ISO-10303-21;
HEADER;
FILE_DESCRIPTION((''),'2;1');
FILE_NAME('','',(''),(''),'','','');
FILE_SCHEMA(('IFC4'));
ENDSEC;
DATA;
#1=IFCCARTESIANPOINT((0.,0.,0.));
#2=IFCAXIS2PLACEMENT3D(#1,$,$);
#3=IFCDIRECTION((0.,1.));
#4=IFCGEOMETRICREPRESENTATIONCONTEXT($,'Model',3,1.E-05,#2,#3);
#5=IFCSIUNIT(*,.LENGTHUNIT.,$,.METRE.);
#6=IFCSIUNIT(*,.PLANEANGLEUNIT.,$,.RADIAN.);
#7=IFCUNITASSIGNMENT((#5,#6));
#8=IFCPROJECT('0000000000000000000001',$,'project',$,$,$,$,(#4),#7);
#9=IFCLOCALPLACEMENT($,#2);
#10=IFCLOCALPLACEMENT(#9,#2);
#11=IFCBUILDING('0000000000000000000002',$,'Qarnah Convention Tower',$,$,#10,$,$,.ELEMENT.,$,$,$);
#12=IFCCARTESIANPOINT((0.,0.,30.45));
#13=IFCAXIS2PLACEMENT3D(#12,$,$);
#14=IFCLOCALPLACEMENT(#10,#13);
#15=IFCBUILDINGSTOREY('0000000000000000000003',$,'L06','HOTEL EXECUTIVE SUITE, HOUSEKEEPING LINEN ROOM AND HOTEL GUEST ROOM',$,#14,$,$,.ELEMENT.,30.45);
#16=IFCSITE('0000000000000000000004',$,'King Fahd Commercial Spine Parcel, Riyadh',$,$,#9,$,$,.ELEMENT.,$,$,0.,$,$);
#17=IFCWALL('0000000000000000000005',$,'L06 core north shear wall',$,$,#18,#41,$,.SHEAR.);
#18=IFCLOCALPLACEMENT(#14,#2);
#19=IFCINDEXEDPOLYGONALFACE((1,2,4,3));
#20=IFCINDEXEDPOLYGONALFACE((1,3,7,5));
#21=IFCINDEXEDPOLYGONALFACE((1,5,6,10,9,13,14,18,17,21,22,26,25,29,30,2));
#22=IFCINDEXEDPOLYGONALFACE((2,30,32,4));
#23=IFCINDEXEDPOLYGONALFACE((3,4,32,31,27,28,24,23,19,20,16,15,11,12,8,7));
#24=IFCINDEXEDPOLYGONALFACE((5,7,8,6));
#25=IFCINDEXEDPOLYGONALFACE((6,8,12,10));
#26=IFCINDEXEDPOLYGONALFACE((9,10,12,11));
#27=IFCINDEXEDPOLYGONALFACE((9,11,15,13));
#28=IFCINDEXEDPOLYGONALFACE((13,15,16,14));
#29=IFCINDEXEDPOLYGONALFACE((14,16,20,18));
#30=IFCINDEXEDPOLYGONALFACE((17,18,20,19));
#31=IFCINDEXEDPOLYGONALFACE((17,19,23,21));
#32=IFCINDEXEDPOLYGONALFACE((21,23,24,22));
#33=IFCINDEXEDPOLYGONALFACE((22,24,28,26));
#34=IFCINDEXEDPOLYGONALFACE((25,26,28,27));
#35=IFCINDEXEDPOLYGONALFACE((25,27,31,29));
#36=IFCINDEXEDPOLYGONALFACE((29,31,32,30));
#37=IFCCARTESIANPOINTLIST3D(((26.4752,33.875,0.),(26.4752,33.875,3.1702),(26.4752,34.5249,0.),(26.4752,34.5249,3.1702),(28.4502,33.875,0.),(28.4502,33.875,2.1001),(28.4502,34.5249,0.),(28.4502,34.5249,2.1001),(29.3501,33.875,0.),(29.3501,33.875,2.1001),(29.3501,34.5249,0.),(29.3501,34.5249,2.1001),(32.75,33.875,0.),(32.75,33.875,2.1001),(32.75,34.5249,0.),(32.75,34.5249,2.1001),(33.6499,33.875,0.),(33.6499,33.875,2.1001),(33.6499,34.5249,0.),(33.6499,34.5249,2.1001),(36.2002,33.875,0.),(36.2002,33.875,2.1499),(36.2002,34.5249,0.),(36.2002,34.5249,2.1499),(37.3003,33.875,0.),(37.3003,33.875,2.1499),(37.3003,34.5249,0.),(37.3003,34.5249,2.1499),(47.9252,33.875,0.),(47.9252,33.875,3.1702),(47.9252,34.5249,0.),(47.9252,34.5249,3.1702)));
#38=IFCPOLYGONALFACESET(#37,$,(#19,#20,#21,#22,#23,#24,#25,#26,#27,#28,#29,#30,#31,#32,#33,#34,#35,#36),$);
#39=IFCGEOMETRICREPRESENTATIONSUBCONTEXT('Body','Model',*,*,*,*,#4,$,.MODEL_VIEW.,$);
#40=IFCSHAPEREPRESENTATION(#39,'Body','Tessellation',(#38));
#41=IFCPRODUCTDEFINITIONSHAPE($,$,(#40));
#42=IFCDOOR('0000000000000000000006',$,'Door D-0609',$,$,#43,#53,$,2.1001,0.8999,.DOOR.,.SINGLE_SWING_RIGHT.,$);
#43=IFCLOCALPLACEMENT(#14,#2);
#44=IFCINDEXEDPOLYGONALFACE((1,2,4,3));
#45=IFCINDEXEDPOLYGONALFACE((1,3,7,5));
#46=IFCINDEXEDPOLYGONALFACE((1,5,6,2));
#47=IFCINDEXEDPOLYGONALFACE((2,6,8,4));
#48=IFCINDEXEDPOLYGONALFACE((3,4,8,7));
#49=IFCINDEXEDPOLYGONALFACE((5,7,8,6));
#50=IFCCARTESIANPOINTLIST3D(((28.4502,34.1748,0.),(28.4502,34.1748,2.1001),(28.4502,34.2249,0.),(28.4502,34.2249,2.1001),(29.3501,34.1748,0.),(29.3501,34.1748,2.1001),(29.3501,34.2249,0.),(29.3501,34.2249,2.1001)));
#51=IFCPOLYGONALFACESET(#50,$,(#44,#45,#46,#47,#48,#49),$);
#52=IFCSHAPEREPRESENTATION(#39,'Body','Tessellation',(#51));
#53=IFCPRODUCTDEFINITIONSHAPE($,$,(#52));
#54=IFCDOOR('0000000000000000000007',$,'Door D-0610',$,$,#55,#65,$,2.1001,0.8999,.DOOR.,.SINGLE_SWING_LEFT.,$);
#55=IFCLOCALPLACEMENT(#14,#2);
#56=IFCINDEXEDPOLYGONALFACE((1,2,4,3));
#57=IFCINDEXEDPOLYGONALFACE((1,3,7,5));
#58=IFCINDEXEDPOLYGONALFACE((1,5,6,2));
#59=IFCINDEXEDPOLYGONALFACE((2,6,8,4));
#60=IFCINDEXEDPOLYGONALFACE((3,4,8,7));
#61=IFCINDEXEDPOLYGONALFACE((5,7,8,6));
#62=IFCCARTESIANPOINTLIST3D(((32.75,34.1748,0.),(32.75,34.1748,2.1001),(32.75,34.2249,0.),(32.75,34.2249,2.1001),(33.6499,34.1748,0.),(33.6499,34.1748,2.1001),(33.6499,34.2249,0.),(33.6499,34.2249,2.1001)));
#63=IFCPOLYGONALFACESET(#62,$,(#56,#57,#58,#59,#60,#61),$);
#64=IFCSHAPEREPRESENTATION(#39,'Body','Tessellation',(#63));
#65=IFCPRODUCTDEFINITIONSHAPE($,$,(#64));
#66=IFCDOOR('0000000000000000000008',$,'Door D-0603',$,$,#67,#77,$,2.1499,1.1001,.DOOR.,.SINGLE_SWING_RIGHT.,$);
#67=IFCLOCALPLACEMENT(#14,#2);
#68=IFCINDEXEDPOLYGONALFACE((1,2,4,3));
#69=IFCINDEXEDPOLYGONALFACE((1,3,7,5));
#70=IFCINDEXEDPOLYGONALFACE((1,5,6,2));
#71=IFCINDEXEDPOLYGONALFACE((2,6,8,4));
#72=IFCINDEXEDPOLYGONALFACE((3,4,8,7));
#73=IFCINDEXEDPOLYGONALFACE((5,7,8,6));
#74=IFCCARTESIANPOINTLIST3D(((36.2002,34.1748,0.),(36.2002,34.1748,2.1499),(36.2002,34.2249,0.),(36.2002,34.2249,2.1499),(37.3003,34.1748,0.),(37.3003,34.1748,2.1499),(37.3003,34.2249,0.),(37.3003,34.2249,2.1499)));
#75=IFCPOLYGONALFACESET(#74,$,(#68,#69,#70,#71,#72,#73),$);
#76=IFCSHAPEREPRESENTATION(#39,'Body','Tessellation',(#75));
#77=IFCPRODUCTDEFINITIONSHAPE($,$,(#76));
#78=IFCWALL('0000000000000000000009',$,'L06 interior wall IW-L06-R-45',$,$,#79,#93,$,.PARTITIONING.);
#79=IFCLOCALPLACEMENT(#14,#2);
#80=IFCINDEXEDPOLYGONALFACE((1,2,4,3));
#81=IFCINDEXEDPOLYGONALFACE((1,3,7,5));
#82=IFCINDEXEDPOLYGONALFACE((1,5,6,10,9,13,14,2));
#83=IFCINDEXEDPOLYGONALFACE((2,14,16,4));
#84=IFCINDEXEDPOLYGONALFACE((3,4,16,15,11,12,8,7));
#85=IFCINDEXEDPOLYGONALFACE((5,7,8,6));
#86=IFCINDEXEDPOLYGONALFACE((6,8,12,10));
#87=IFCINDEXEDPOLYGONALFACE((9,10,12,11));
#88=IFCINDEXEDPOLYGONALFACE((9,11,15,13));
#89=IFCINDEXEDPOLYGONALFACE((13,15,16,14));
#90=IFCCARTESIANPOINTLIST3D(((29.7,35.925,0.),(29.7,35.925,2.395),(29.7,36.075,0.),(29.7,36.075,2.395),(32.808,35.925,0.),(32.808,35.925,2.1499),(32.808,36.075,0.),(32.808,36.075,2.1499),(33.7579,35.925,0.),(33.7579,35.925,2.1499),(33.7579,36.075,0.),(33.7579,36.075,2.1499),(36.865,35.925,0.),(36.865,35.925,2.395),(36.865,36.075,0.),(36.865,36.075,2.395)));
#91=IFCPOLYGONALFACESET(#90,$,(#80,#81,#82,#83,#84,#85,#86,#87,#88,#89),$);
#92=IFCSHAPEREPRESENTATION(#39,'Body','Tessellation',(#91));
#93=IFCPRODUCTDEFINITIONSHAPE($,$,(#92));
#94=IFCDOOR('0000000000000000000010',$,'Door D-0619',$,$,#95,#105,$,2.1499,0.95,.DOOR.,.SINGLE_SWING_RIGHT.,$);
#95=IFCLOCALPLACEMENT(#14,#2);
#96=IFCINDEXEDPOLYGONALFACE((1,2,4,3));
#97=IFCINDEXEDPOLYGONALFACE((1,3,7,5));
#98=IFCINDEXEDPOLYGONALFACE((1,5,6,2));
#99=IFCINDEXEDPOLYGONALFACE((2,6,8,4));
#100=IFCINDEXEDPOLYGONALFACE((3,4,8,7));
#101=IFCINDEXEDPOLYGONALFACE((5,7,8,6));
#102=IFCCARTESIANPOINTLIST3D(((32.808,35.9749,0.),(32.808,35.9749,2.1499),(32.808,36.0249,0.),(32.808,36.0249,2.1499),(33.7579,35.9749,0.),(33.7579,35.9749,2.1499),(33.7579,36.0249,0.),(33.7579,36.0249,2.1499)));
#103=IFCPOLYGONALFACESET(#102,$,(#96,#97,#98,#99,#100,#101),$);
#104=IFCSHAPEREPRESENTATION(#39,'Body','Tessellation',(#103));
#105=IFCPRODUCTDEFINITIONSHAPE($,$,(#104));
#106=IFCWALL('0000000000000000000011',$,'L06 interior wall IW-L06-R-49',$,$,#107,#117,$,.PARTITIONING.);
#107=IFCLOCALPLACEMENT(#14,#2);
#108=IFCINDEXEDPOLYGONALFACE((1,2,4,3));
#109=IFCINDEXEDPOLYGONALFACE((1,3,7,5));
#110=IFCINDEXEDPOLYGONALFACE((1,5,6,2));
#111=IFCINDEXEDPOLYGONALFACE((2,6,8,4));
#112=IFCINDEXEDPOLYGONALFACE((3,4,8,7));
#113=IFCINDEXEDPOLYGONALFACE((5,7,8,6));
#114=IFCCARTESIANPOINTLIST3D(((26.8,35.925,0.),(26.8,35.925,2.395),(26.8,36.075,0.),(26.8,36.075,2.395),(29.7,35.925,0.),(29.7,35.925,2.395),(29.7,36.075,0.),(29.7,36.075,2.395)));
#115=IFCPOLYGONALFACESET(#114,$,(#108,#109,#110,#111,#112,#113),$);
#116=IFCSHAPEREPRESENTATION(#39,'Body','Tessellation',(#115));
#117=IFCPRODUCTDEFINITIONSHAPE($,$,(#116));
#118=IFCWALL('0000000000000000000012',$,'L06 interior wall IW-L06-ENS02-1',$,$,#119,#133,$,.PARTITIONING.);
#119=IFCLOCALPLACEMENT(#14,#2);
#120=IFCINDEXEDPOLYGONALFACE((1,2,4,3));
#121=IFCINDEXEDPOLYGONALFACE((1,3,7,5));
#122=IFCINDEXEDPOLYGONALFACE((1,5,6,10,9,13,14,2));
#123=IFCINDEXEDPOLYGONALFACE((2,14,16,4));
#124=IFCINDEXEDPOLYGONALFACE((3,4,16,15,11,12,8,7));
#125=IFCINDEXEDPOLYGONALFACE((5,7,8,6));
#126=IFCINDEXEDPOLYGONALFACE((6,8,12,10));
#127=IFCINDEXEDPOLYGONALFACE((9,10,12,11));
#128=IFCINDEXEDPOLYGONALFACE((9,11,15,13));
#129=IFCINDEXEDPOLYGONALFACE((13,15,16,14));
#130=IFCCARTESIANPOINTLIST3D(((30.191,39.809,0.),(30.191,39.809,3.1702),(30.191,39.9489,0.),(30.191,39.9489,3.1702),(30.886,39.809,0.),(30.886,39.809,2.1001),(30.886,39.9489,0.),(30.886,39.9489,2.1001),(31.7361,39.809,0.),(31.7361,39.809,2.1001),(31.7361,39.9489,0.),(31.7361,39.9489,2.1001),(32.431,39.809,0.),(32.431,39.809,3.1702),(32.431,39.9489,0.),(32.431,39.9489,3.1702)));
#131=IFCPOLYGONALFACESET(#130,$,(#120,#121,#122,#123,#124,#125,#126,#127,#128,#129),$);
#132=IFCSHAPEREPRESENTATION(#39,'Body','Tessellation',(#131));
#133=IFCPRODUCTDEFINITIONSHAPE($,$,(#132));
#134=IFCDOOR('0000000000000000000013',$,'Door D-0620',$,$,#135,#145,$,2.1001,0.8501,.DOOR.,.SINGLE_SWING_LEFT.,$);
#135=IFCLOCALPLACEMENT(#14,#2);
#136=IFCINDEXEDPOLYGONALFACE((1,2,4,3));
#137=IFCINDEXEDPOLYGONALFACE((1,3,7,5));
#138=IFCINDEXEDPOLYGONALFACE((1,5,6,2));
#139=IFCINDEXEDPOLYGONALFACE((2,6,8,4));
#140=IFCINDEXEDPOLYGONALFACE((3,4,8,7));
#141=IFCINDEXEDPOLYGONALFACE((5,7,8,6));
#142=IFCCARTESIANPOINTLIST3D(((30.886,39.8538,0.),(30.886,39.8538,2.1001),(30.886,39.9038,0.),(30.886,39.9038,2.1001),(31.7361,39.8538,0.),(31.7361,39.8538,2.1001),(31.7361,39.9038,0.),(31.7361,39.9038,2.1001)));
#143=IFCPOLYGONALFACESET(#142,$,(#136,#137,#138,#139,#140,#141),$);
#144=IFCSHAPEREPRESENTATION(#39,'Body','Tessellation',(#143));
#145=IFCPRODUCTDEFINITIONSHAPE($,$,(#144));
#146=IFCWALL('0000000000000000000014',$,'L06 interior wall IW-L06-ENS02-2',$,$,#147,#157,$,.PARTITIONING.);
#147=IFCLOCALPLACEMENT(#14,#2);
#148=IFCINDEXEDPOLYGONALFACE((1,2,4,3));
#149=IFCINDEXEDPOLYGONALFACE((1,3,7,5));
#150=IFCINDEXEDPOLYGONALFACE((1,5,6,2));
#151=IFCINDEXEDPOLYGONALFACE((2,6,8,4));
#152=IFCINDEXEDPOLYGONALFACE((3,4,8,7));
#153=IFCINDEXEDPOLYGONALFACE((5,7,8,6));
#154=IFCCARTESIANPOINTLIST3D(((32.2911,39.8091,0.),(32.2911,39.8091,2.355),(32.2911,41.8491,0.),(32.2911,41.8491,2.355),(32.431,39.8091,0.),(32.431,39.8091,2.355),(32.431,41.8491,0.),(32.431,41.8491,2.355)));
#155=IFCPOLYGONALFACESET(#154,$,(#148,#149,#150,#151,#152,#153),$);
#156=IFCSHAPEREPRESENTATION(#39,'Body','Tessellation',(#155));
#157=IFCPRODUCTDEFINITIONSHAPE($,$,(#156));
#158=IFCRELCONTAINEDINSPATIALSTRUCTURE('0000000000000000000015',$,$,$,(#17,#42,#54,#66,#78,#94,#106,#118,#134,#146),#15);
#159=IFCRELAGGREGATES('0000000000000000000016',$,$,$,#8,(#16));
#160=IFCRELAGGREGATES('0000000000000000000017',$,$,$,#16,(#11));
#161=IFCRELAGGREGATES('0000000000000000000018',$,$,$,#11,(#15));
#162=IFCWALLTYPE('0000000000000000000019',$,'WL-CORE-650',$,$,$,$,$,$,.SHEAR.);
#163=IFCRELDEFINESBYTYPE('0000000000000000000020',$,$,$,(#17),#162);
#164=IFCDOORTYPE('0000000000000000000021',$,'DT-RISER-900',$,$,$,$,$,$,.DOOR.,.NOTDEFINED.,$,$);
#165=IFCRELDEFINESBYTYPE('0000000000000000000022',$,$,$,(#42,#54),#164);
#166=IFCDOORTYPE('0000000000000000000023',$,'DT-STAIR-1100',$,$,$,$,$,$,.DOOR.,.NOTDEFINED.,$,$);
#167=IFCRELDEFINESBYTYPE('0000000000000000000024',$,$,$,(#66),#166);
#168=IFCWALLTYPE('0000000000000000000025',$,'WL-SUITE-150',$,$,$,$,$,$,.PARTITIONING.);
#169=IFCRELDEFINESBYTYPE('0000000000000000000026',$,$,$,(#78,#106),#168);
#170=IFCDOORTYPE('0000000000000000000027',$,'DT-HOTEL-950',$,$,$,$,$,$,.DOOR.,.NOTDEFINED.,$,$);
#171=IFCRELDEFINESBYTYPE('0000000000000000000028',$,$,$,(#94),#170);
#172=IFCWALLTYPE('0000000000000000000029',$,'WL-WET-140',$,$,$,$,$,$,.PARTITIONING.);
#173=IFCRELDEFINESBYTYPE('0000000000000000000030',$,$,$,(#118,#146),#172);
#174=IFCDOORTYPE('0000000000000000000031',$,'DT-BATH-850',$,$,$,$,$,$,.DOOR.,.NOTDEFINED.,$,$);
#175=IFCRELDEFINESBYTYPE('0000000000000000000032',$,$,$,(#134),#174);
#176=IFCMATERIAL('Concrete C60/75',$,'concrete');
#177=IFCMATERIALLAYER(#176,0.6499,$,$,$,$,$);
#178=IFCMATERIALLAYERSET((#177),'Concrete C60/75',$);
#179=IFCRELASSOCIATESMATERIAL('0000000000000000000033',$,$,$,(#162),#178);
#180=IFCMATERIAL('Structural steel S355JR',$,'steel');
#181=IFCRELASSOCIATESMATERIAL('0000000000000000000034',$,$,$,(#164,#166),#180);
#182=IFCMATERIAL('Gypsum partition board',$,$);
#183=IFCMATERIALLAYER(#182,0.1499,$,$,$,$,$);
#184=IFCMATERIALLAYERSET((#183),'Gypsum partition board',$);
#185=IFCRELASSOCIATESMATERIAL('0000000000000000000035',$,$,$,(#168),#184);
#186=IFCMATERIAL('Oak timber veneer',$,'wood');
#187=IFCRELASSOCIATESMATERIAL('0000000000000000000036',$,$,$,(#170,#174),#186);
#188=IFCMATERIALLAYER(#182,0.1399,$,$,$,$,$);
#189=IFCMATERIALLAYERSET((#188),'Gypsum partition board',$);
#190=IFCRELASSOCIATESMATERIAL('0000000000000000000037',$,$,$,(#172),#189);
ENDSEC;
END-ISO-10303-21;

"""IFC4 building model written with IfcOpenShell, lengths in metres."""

from ifc_helpers import new_model, si_unit, direction, frame, frame_2d, origin, place, context, subcontext, project, spatial, rectangle, extrude, material, layer, layer_set, type_object, element, fill, save


model = new_model("IFC4")

# Units and contexts
model_context = context("Model", 3, precision=1e-05, world=origin(), true_north=direction((0.0, 1.0)))
body_context = subcontext(model_context, "Body", "Model", "MODEL_VIEW")
ifc_project = project(units=[si_unit("LENGTHUNIT", "METRE"), si_unit("PLANEANGLEUNIT", "RADIAN")], contexts=[model_context])

# Site, building, storey
site_placement = place(None, origin())
site = spatial("IfcSite", under=ifc_project, at=site_placement, Name="King Fahd Commercial Spine Parcel, Riyadh", CompositionType="ELEMENT", RefElevation=0.0)
building_placement = place(site_placement, origin())
building = spatial("IfcBuilding", under=site, at=building_placement, Name="Qarnah Convention Tower", CompositionType="ELEMENT")
storey_placement = place(building_placement, frame((0.0, 0.0, 30.45)))
storey = spatial("IfcBuildingStorey", under=building, at=storey_placement, Name="L06", Description="HOTEL EXECUTIVE SUITE, HOUSEKEEPING LINEN ROOM AND HOTEL GUEST ROOM", CompositionType="ELEMENT", Elevation=30.45)

# Shared definitions
ifc_material_1 = material(Name="Concrete C60/75", Category="concrete")

# Shared definitions
ifc_material_2 = material(Name="Structural steel S355JR", Category="steel")

# Wall, openings, doors
ifc_layer_1 = layer(ifc_material_1, 0.6499)
ifc_layer_set_1 = layer_set([ifc_layer_1], Name="Concrete C60/75")
wall_type_1 = type_object("IfcWallType", Name="WL-CORE-650", PredefinedType="SHEAR", material=ifc_layer_set_1)
wall_1_placement = place(storey_placement, frame((26.4751, 34.2, 0.0), z_axis=(0.0, 0.0, 1.0), x_axis=(1.0, 0.0, 0.0)))
wall_1 = element("IfcWall", 1, at=wall_1_placement, inside=storey, type_object=wall_type_1, Name="L06 core north shear wall", PredefinedType="SHEAR", context=body_context, shape_type="SweptSolid", body=[
    extrude(rectangle(XDim=21.45, YDim=0.6499, at=frame_2d((10.7251, 0.0))), origin(), (0.0, 0.0, 1.0), 3.1702),
])
opening_1_placement = place(wall_1_placement, frame((9.7251, 0.0, 0.0)))
opening_1 = element("IfcOpeningElement", 2, at=opening_1_placement, cuts=wall_1, PredefinedType="OPENING", context=body_context, shape_type="SweptSolid", body=[
    extrude(rectangle(XDim=1.1001, YDim=2.1499, at=frame_2d((0.55, 1.075))), frame((0.0, 0.335, 0.0), z_axis=(0.0, -1.0, 0.0), x_axis=(1.0, 0.0, 0.0)), (0.0, 0.0, 1.0), 0.6699),
])
opening_2_placement = place(wall_1_placement, frame((1.9751, 0.0, 0.0)))
opening_2 = element("IfcOpeningElement", 3, at=opening_2_placement, cuts=wall_1, PredefinedType="OPENING", context=body_context, shape_type="SweptSolid", body=[
    extrude(rectangle(XDim=0.8999, YDim=2.1001, at=frame_2d((0.45, 1.05))), frame((0.0, 0.335, 0.0), z_axis=(0.0, -1.0, 0.0), x_axis=(1.0, 0.0, 0.0)), (0.0, 0.0, 1.0), 0.6699),
])
opening_3_placement = place(wall_1_placement, frame((6.2749, 0.0, 0.0)))
opening_3 = element("IfcOpeningElement", 4, at=opening_3_placement, cuts=wall_1, PredefinedType="OPENING", context=body_context, shape_type="SweptSolid", body=[
    extrude(rectangle(XDim=0.8999, YDim=2.1001, at=frame_2d((0.45, 1.05))), frame((0.0, 0.335, 0.0), z_axis=(0.0, -1.0, 0.0), x_axis=(1.0, 0.0, 0.0)), (0.0, 0.0, 1.0), 0.6699),
])
door_type_1 = type_object("IfcDoorType", Name="DT-RISER-900", OperationType="NOTDEFINED", PredefinedType="DOOR", material=ifc_material_2)
door_1_placement = place(opening_2_placement, origin())
door_1 = element("IfcDoor", 5, at=door_1_placement, inside=storey, type_object=door_type_1, Name="Door D-0609", OperationType="SINGLE_SWING_RIGHT", OverallHeight=2.1001, OverallWidth=0.8999, PredefinedType="DOOR", context=body_context, shape_type="SweptSolid", body=[
    extrude(rectangle(XDim=0.8999, YDim=2.1001, at=frame_2d((0.45, 1.05))), frame((0.0, 0.0249, 0.0), z_axis=(0.0, -1.0, 0.0), x_axis=(1.0, 0.0, 0.0)), (0.0, 0.0, 1.0), 0.05),
])
fill(opening_2, door_1)
door_2_placement = place(opening_3_placement, origin())
door_2 = element("IfcDoor", 6, at=door_2_placement, inside=storey, type_object=door_type_1, Name="Door D-0610", OperationType="SINGLE_SWING_LEFT", OverallHeight=2.1001, OverallWidth=0.8999, PredefinedType="DOOR", context=body_context, shape_type="SweptSolid", body=[
    extrude(rectangle(XDim=0.8999, YDim=2.1001, at=frame_2d((0.45, 1.05))), frame((0.0, 0.0249, 0.0), z_axis=(0.0, -1.0, 0.0), x_axis=(1.0, 0.0, 0.0)), (0.0, 0.0, 1.0), 0.05),
])
fill(opening_3, door_2)
door_type_2 = type_object("IfcDoorType", Name="DT-STAIR-1100", OperationType="NOTDEFINED", PredefinedType="DOOR", material=ifc_material_2)
door_3_placement = place(opening_1_placement, origin())
door_3 = element("IfcDoor", 7, at=door_3_placement, inside=storey, type_object=door_type_2, Name="Door D-0603", OperationType="SINGLE_SWING_RIGHT", OverallHeight=2.1499, OverallWidth=1.1001, PredefinedType="DOOR", context=body_context, shape_type="SweptSolid", body=[
    extrude(rectangle(XDim=1.1001, YDim=2.1499, at=frame_2d((0.55, 1.075))), frame((0.0, 0.0249, 0.0), z_axis=(0.0, -1.0, 0.0), x_axis=(1.0, 0.0, 0.0)), (0.0, 0.0, 1.0), 0.05),
])
fill(opening_1, door_3)

# Wall, opening, door
ifc_material_3 = material(Name="Gypsum partition board")
ifc_layer_2 = layer(ifc_material_3, 0.1499)
ifc_layer_set_2 = layer_set([ifc_layer_2], Name="Gypsum partition board")
wall_type_2 = type_object("IfcWallType", Name="WL-SUITE-150", PredefinedType="PARTITIONING", material=ifc_layer_set_2)
wall_2_placement = place(storey_placement, frame((29.7, 36.0, 0.0), z_axis=(0.0, 0.0, 1.0), x_axis=(1.0, 0.0, 0.0)))
wall_2 = element("IfcWall", 8, at=wall_2_placement, inside=storey, type_object=wall_type_2, Name="L06 interior wall IW-L06-R-45", PredefinedType="PARTITIONING", context=body_context, shape_type="SweptSolid", body=[
    extrude(rectangle(XDim=7.165, YDim=0.1499, at=frame_2d((3.5825, 0.0))), origin(), (0.0, 0.0, 1.0), 2.395),
])
opening_4_placement = place(wall_2_placement, frame((3.1079, 0.0, 0.0)))
opening_4 = element("IfcOpeningElement", 9, at=opening_4_placement, cuts=wall_2, PredefinedType="OPENING", context=body_context, shape_type="SweptSolid", body=[
    extrude(rectangle(XDim=0.95, YDim=2.1499, at=frame_2d((0.4751, 1.075))), frame((0.0, 0.085, 0.0), z_axis=(0.0, -1.0, 0.0), x_axis=(1.0, 0.0, 0.0)), (0.0, 0.0, 1.0), 0.1699),
])
ifc_material_4 = material(Name="Oak timber veneer", Category="wood")
door_type_3 = type_object("IfcDoorType", Name="DT-HOTEL-950", OperationType="NOTDEFINED", PredefinedType="DOOR", material=ifc_material_4)
door_4_placement = place(opening_4_placement, origin())
door_4 = element("IfcDoor", 10, at=door_4_placement, inside=storey, type_object=door_type_3, Name="Door D-0619", OperationType="SINGLE_SWING_RIGHT", OverallHeight=2.1499, OverallWidth=0.95, PredefinedType="DOOR", context=body_context, shape_type="SweptSolid", body=[
    extrude(rectangle(XDim=0.95, YDim=2.1499, at=frame_2d((0.4751, 1.075))), frame((0.0, 0.0249, 0.0), z_axis=(0.0, -1.0, 0.0), x_axis=(1.0, 0.0, 0.0)), (0.0, 0.0, 1.0), 0.05),
])
fill(opening_4, door_4)

# Wall
wall_3_placement = place(storey_placement, frame((26.8, 36.0, 0.0), z_axis=(0.0, 0.0, 1.0), x_axis=(1.0, 0.0, 0.0)))
element("IfcWall", 11, at=wall_3_placement, inside=storey, type_object=wall_type_2, Name="L06 interior wall IW-L06-R-49", PredefinedType="PARTITIONING", context=body_context, shape_type="SweptSolid", body=[
    extrude(rectangle(XDim=2.8999, YDim=0.1499, at=frame_2d((1.45, 0.0))), origin(), (0.0, 0.0, 1.0), 2.395),
])

# Wall, opening, door
ifc_layer_3 = layer(ifc_material_3, 0.1399)
ifc_layer_set_3 = layer_set([ifc_layer_3], Name="Gypsum partition board")
wall_type_3 = type_object("IfcWallType", Name="WL-WET-140", PredefinedType="PARTITIONING", material=ifc_layer_set_3)
wall_4_placement = place(storey_placement, frame((30.1909, 39.8789, 0.0), z_axis=(0.0, 0.0, 1.0), x_axis=(1.0, 0.0, 0.0)))
wall_4 = element("IfcWall", 12, at=wall_4_placement, inside=storey, type_object=wall_type_3, Name="L06 interior wall IW-L06-ENS02-1", PredefinedType="PARTITIONING", context=body_context, shape_type="SweptSolid", body=[
    extrude(rectangle(XDim=2.24, YDim=0.1399, at=frame_2d((1.1201, 0.0))), origin(), (0.0, 0.0, 1.0), 3.1702),
])
opening_5_placement = place(wall_4_placement, frame((0.6951, 0.0, 0.0)))
opening_5 = element("IfcOpeningElement", 13, at=opening_5_placement, cuts=wall_4, PredefinedType="OPENING", context=body_context, shape_type="SweptSolid", body=[
    extrude(rectangle(XDim=0.8501, YDim=2.1001, at=frame_2d((0.425, 1.05))), frame((0.0, 0.0798, 0.0), z_axis=(0.0, -1.0, 0.0), x_axis=(1.0, 0.0, 0.0)), (0.0, 0.0, 1.0), 0.1599),
])
door_type_4 = type_object("IfcDoorType", Name="DT-BATH-850", OperationType="NOTDEFINED", PredefinedType="DOOR", material=ifc_material_4)
door_5_placement = place(opening_5_placement, origin())
door_5 = element("IfcDoor", 14, at=door_5_placement, inside=storey, type_object=door_type_4, Name="Door D-0620", OperationType="SINGLE_SWING_LEFT", OverallHeight=2.1001, OverallWidth=0.8501, PredefinedType="DOOR", context=body_context, shape_type="SweptSolid", body=[
    extrude(rectangle(XDim=0.8501, YDim=2.1001, at=frame_2d((0.425, 1.05))), frame((0.0, 0.0249, 0.0), z_axis=(0.0, -1.0, 0.0), x_axis=(1.0, 0.0, 0.0)), (0.0, 0.0, 1.0), 0.05),
])
fill(opening_5, door_5)

# Wall
wall_5_placement = place(storey_placement, frame((32.3611, 39.8091, 0.0), z_axis=(0.0, 0.0, 1.0), x_axis=(0.0, 1.0, 0.0)))
element("IfcWall", 15, at=wall_5_placement, inside=storey, type_object=wall_type_3, Name="L06 interior wall IW-L06-ENS02-2", PredefinedType="PARTITIONING", context=body_context, shape_type="SweptSolid", body=[
    extrude(rectangle(XDim=2.04, YDim=0.1399, at=frame_2d((1.02, 0.0))), origin(), (0.0, 0.0, 1.0), 2.355),
])

save(model, "model.ifc")
